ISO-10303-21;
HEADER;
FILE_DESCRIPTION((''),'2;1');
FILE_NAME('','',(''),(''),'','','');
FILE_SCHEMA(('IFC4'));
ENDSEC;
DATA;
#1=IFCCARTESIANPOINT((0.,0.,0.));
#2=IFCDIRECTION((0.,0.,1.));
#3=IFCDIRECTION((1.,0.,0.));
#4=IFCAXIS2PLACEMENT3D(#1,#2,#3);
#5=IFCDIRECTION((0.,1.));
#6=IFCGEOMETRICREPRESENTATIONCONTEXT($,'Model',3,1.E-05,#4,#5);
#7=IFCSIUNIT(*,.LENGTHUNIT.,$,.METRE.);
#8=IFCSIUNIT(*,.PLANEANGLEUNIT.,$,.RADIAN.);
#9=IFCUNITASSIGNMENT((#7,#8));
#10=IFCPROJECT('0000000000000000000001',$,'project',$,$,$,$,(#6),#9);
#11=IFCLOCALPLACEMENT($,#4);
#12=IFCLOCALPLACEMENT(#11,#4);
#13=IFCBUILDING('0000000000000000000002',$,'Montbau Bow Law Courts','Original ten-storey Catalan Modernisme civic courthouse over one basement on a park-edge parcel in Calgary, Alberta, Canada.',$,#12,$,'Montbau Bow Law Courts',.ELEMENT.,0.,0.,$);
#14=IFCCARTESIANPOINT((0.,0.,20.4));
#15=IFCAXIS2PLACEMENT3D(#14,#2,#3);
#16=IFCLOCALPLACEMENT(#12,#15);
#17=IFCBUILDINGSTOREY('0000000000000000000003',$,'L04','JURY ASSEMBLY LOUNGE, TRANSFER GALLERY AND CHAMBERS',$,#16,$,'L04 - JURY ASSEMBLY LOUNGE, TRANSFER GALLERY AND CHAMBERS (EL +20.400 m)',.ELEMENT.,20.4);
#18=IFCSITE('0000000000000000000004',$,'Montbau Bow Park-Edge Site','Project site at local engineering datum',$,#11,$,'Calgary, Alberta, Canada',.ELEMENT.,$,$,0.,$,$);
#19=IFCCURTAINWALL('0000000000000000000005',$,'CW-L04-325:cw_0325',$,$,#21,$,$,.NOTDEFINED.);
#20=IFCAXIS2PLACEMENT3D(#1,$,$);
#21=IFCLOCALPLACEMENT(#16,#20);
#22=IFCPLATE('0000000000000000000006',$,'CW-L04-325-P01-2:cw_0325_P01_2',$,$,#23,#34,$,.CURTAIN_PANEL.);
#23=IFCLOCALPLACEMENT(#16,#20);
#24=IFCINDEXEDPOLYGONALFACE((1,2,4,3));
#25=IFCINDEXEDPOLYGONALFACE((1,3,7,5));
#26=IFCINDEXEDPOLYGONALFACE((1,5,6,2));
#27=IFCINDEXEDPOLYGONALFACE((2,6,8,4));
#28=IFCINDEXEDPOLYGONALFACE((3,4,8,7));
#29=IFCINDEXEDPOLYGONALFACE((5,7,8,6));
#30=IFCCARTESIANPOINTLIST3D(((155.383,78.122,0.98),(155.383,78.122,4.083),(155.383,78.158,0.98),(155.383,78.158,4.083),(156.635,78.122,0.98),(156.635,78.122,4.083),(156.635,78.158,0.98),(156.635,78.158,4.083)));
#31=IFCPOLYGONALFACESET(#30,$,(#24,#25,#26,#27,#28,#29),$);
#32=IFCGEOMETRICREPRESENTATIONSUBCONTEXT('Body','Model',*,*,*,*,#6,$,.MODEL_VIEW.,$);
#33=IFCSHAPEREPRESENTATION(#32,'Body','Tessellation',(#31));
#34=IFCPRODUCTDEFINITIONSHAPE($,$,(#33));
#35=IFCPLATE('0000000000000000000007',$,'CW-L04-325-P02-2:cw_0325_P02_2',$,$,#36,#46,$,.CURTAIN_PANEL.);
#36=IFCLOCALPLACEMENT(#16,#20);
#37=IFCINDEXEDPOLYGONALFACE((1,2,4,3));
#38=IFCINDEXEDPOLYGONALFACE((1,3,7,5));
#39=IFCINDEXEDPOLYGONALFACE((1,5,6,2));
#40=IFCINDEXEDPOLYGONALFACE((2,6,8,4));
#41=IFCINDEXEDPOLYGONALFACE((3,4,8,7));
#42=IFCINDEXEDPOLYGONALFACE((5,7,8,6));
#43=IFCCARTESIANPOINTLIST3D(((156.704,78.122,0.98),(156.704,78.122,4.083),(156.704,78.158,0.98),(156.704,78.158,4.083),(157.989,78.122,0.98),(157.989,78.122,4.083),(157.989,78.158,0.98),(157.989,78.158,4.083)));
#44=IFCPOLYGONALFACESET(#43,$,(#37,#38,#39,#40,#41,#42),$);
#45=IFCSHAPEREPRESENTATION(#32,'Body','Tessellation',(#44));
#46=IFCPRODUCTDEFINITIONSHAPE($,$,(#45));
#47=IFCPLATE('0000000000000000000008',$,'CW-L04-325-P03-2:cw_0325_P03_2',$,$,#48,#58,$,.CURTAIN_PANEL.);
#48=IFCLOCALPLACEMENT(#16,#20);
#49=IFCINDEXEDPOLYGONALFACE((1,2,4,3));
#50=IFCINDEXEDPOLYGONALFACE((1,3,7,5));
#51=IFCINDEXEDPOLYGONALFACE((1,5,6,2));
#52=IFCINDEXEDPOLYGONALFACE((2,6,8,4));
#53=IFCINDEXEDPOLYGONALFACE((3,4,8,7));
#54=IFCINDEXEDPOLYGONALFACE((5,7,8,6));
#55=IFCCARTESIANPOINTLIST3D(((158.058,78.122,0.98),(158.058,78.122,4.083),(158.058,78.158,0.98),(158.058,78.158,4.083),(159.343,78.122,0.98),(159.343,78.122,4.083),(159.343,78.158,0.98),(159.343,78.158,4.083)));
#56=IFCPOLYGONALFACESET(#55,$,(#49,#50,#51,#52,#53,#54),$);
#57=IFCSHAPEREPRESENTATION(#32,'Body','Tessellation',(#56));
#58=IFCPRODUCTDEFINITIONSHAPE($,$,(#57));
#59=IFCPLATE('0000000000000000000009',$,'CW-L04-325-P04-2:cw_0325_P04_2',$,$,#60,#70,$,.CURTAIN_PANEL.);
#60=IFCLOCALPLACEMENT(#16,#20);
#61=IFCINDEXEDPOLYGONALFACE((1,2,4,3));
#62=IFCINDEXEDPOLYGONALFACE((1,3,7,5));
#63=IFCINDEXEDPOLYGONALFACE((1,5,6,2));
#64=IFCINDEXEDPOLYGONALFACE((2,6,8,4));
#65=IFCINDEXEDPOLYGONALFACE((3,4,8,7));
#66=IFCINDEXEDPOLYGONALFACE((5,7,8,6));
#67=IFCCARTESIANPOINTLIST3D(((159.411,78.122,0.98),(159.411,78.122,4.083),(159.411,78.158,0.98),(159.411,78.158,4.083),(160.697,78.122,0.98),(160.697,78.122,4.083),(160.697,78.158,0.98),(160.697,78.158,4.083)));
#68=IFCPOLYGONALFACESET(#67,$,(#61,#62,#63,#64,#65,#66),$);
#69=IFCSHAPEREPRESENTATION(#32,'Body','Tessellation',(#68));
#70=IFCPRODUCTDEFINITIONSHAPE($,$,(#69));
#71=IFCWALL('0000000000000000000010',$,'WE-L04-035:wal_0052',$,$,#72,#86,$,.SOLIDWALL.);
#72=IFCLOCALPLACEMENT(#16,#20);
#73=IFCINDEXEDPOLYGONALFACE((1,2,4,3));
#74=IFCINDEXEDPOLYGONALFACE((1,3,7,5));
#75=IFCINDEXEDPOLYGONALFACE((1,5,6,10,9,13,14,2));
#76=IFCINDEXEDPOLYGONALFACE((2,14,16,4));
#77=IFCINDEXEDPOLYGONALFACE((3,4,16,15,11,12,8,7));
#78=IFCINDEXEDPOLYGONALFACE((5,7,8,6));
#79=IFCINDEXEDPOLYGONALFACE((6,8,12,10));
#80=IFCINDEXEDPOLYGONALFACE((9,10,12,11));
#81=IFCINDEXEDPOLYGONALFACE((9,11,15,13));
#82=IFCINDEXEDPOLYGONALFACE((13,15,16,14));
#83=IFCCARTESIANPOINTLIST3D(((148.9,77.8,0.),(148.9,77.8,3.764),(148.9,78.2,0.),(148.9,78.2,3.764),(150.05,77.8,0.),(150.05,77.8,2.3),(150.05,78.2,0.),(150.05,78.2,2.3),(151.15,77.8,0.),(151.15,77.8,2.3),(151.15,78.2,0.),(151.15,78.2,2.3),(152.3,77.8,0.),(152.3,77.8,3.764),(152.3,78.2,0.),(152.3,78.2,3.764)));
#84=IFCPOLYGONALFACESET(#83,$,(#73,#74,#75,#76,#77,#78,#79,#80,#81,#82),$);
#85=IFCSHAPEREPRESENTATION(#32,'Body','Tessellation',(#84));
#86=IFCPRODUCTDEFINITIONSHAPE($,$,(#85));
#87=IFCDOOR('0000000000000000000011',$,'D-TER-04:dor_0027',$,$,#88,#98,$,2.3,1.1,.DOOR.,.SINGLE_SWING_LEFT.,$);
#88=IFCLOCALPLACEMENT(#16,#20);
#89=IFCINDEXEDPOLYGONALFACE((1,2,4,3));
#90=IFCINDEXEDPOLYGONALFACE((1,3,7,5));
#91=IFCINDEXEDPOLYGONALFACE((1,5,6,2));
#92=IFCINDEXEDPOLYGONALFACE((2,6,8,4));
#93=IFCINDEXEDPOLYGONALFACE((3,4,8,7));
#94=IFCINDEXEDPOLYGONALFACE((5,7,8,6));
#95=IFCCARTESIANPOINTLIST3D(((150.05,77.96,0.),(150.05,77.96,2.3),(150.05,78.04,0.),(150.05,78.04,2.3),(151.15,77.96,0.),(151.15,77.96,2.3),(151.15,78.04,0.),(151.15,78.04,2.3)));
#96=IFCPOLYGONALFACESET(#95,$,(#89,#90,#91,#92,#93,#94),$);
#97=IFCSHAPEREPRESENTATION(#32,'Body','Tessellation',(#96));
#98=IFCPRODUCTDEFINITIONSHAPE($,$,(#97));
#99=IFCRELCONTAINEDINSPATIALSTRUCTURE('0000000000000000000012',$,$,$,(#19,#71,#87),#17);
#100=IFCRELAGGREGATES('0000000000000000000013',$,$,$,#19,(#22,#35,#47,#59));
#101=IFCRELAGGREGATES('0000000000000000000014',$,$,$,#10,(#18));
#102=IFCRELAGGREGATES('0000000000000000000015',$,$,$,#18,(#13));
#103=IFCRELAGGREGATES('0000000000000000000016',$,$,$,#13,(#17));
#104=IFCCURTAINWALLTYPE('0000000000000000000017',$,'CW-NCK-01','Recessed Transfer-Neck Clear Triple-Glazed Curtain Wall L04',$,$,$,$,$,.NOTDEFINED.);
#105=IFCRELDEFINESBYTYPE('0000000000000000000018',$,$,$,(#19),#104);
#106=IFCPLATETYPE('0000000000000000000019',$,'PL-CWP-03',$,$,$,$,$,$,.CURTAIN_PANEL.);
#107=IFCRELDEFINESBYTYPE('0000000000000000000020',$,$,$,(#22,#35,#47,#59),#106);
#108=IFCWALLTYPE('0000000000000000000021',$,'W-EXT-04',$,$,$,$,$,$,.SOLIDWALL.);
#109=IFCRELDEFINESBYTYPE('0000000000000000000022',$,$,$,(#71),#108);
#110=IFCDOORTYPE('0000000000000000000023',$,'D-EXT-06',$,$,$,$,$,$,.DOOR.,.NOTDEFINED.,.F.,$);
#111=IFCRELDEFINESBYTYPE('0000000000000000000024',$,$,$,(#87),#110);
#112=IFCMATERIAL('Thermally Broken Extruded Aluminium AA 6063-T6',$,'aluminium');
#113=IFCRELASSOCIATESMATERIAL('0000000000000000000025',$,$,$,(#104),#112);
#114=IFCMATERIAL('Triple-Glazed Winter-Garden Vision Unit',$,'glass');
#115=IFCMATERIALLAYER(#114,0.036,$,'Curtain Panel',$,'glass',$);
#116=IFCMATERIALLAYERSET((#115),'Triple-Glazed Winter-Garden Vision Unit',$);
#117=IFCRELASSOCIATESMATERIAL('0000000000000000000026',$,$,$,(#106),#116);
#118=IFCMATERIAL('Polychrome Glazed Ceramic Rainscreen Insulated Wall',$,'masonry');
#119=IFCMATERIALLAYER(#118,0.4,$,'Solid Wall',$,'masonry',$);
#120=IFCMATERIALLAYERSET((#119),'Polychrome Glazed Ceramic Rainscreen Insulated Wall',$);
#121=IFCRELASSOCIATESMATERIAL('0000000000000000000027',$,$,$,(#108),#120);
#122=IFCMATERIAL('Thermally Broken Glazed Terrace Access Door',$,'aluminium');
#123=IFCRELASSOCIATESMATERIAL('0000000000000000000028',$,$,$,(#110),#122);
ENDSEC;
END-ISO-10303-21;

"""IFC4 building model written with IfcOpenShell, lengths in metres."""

from ifc_helpers import new_model, si_unit, direction, frame, frame_2d, origin_with_axes, place, context, subcontext, project, spatial, rectangle, extrude, material, layer, layer_set, type_object, element, fill, aggregate, save


model = new_model("IFC4")

# Units and contexts
model_context = context("Model", 3, precision=1e-05, world=origin_with_axes(), true_north=direction((0.0, 1.0)))
body_context = subcontext(model_context, "Body", "Model", "MODEL_VIEW")
ifc_project = project(units=[si_unit("LENGTHUNIT", "METRE"), si_unit("PLANEANGLEUNIT", "RADIAN")], contexts=[model_context])

# Site, building, storey
site_placement = place(None, origin_with_axes())
site = spatial("IfcSite", under=ifc_project, at=site_placement, Name="Montbau Bow Park-Edge Site", Description="Project site at local engineering datum", LongName="Calgary, Alberta, Canada", CompositionType="ELEMENT", RefElevation=0.0)
building_placement = place(site_placement, origin_with_axes())
building = spatial("IfcBuilding", under=site, at=building_placement, Name="Montbau Bow Law Courts", Description="Original ten-storey Catalan Modernisme civic courthouse over one basement on a park-edge parcel in Calgary, Alberta, Canada.", LongName="Montbau Bow Law Courts", CompositionType="ELEMENT", ElevationOfRefHeight=0.0, ElevationOfTerrain=0.0)
storey_placement = place(building_placement, frame((0.0, 0.0, 20.4), z_axis=(0.0, 0.0, 1.0), x_axis=(1.0, 0.0, 0.0)))
storey = spatial("IfcBuildingStorey", under=building, at=storey_placement, Name="L04", Description="JURY ASSEMBLY LOUNGE, TRANSFER GALLERY AND CHAMBERS", LongName="L04 - JURY ASSEMBLY LOUNGE, TRANSFER GALLERY AND CHAMBERS (EL +20.400 m)", CompositionType="ELEMENT", Elevation=20.4)

# Curtain wall, plates
ifc_material_1 = material(Name="Thermally Broken Extruded Aluminium AA 6063-T6", Category="aluminium")
curtain_wall_type = type_object("IfcCurtainWallType", Name="CW-NCK-01", Description="Recessed Transfer-Neck Clear Triple-Glazed Curtain Wall L04", PredefinedType="NOTDEFINED", material=ifc_material_1)
curtain_wall_placement = place(None, frame((155.315, 78.14, 20.4), z_axis=(0.0, 0.0, 1.0), x_axis=(1.0, 0.0, 0.0)))
curtain_wall = element("IfcCurtainWall", 1, at=curtain_wall_placement, inside=storey, type_object=curtain_wall_type, Name="CW-L04-325:cw_0325", PredefinedType="NOTDEFINED")
ifc_material_2 = material(Name="Triple-Glazed Winter-Garden Vision Unit", Category="glass")
ifc_layer_1 = layer(ifc_material_2, 0.036, Name="Curtain Panel", Category="glass")
ifc_layer_set_1 = layer_set([ifc_layer_1], Name="Triple-Glazed Winter-Garden Vision Unit")
plate_type_1 = type_object("IfcPlateType", Name="PL-CWP-03", PredefinedType="CURTAIN_PANEL", material=ifc_layer_set_1)
plate_1_placement = place(None, frame((155.383, 78.14, 21.38), z_axis=(0.0, -1.0, 0.0), x_axis=(1.0, 0.0, 0.0)))
plate_1 = element("IfcPlate", 2, at=plate_1_placement, type_object=plate_type_1, Name="CW-L04-325-P01-2:cw_0325_P01_2", PredefinedType="CURTAIN_PANEL", context=body_context, shape_type="SweptSolid", body=[
    extrude(rectangle(XDim=1.252, YDim=3.103, at=frame_2d((0.626, 1.5515), x_axis=(1.0, 0.0))), frame((0.0, 0.0, -0.018), z_axis=(0.0, 0.0, 1.0), x_axis=(1.0, 0.0, 0.0)), (0.0, 0.0, 1.0), 0.036),
])
plate_2_placement = place(None, frame((156.704, 78.14, 21.38), z_axis=(0.0, -1.0, 0.0), x_axis=(1.0, 0.0, 0.0)))
plate_2 = element("IfcPlate", 3, at=plate_2_placement, type_object=plate_type_1, Name="CW-L04-325-P02-2:cw_0325_P02_2", PredefinedType="CURTAIN_PANEL", context=body_context, shape_type="SweptSolid", body=[
    extrude(rectangle(XDim=1.285, YDim=3.103, at=frame_2d((0.6425, 1.5515), x_axis=(1.0, 0.0))), frame((0.0, 0.0, -0.018), z_axis=(0.0, 0.0, 1.0), x_axis=(1.0, 0.0, 0.0)), (0.0, 0.0, 1.0), 0.036),
])
plate_3_placement = place(None, frame((158.058, 78.14, 21.38), z_axis=(0.0, -1.0, 0.0), x_axis=(1.0, 0.0, 0.0)))
plate_3 = element("IfcPlate", 4, at=plate_3_placement, type_object=plate_type_1, Name="CW-L04-325-P03-2:cw_0325_P03_2", PredefinedType="CURTAIN_PANEL", context=body_context, shape_type="SweptSolid", body=[
    extrude(rectangle(XDim=1.285, YDim=3.103, at=frame_2d((0.6425, 1.5515), x_axis=(1.0, 0.0))), frame((0.0, 0.0, -0.018), z_axis=(0.0, 0.0, 1.0), x_axis=(1.0, 0.0, 0.0)), (0.0, 0.0, 1.0), 0.036),
])
plate_4_placement = place(None, frame((159.411, 78.14, 21.38), z_axis=(0.0, -1.0, 0.0), x_axis=(1.0, 0.0, 0.0)))
plate_4 = element("IfcPlate", 5, at=plate_4_placement, type_object=plate_type_1, Name="CW-L04-325-P04-2:cw_0325_P04_2", PredefinedType="CURTAIN_PANEL", context=body_context, shape_type="SweptSolid", body=[
    extrude(rectangle(XDim=1.286, YDim=3.103, at=frame_2d((0.643, 1.5515), x_axis=(1.0, 0.0))), frame((0.0, 0.0, -0.018), z_axis=(0.0, 0.0, 1.0), x_axis=(1.0, 0.0, 0.0)), (0.0, 0.0, 1.0), 0.036),
])
aggregate(curtain_wall, [plate_1, plate_2, plate_3, plate_4])

# Wall, opening, door
ifc_material_3 = material(Name="Polychrome Glazed Ceramic Rainscreen Insulated Wall", Category="masonry")
ifc_layer_2 = layer(ifc_material_3, 0.4, Name="Solid Wall", Category="masonry")
ifc_layer_set_2 = layer_set([ifc_layer_2], Name="Polychrome Glazed Ceramic Rainscreen Insulated Wall")
wall_type = type_object("IfcWallType", Name="W-EXT-04", PredefinedType="SOLIDWALL", material=ifc_layer_set_2)
wall_placement = place(None, frame((148.9, 78.0, 20.4), z_axis=(0.0, 0.0, 1.0), x_axis=(1.0, 0.0, 0.0)))
wall = element("IfcWall", 6, at=wall_placement, inside=storey, type_object=wall_type, Name="WE-L04-035:wal_0052", PredefinedType="SOLIDWALL", context=body_context, shape_type="SweptSolid", body=[
    extrude(rectangle(XDim=3.4, YDim=0.4, at=frame_2d((1.7, 0.0), x_axis=(1.0, 0.0))), origin_with_axes(), (0.0, 0.0, 1.0), 3.764),
])
opening_placement = place(None, frame((150.6, 78.0, 20.4), z_axis=(0.0, 0.0, 1.0), x_axis=(1.0, 0.0, 0.0)))
opening = element("IfcOpeningElement", 7, at=opening_placement, cuts=wall, PredefinedType="OPENING", context=body_context, shape_type="SweptSolid", body=[
    extrude(rectangle(XDim=1.1, YDim=2.3, at=frame_2d((0.0, 1.15), x_axis=(1.0, 0.0))), frame((0.0, 0.21, 0.0), z_axis=(0.0, -1.0, 0.0), x_axis=(1.0, 0.0, 0.0)), (0.0, 0.0, 1.0), 0.42),
])
ifc_material_4 = material(Name="Thermally Broken Glazed Terrace Access Door", Category="aluminium")
door_type = type_object("IfcDoorType", Name="D-EXT-06", OperationType="NOTDEFINED", ParameterTakesPrecedence=False, PredefinedType="DOOR", material=ifc_material_4)
door_placement = place(None, frame((150.6, 78.0, 20.4), z_axis=(0.0, 0.0, 1.0), x_axis=(1.0, 0.0, 0.0)))
door = element("IfcDoor", 8, at=door_placement, inside=storey, type_object=door_type, Name="D-TER-04:dor_0027", OperationType="SINGLE_SWING_LEFT", OverallHeight=2.3, OverallWidth=1.1, PredefinedType="DOOR", context=body_context, shape_type="SweptSolid", body=[
    extrude(rectangle(XDim=1.1, YDim=2.3, at=frame_2d((0.0, 1.15), x_axis=(1.0, 0.0))), frame((0.0, 0.04, 0.0), z_axis=(0.0, -1.0, 0.0), x_axis=(1.0, 0.0, 0.0)), (0.0, 0.0, 1.0), 0.08),
])
fill(opening, door)

save(model, "model.ifc")
